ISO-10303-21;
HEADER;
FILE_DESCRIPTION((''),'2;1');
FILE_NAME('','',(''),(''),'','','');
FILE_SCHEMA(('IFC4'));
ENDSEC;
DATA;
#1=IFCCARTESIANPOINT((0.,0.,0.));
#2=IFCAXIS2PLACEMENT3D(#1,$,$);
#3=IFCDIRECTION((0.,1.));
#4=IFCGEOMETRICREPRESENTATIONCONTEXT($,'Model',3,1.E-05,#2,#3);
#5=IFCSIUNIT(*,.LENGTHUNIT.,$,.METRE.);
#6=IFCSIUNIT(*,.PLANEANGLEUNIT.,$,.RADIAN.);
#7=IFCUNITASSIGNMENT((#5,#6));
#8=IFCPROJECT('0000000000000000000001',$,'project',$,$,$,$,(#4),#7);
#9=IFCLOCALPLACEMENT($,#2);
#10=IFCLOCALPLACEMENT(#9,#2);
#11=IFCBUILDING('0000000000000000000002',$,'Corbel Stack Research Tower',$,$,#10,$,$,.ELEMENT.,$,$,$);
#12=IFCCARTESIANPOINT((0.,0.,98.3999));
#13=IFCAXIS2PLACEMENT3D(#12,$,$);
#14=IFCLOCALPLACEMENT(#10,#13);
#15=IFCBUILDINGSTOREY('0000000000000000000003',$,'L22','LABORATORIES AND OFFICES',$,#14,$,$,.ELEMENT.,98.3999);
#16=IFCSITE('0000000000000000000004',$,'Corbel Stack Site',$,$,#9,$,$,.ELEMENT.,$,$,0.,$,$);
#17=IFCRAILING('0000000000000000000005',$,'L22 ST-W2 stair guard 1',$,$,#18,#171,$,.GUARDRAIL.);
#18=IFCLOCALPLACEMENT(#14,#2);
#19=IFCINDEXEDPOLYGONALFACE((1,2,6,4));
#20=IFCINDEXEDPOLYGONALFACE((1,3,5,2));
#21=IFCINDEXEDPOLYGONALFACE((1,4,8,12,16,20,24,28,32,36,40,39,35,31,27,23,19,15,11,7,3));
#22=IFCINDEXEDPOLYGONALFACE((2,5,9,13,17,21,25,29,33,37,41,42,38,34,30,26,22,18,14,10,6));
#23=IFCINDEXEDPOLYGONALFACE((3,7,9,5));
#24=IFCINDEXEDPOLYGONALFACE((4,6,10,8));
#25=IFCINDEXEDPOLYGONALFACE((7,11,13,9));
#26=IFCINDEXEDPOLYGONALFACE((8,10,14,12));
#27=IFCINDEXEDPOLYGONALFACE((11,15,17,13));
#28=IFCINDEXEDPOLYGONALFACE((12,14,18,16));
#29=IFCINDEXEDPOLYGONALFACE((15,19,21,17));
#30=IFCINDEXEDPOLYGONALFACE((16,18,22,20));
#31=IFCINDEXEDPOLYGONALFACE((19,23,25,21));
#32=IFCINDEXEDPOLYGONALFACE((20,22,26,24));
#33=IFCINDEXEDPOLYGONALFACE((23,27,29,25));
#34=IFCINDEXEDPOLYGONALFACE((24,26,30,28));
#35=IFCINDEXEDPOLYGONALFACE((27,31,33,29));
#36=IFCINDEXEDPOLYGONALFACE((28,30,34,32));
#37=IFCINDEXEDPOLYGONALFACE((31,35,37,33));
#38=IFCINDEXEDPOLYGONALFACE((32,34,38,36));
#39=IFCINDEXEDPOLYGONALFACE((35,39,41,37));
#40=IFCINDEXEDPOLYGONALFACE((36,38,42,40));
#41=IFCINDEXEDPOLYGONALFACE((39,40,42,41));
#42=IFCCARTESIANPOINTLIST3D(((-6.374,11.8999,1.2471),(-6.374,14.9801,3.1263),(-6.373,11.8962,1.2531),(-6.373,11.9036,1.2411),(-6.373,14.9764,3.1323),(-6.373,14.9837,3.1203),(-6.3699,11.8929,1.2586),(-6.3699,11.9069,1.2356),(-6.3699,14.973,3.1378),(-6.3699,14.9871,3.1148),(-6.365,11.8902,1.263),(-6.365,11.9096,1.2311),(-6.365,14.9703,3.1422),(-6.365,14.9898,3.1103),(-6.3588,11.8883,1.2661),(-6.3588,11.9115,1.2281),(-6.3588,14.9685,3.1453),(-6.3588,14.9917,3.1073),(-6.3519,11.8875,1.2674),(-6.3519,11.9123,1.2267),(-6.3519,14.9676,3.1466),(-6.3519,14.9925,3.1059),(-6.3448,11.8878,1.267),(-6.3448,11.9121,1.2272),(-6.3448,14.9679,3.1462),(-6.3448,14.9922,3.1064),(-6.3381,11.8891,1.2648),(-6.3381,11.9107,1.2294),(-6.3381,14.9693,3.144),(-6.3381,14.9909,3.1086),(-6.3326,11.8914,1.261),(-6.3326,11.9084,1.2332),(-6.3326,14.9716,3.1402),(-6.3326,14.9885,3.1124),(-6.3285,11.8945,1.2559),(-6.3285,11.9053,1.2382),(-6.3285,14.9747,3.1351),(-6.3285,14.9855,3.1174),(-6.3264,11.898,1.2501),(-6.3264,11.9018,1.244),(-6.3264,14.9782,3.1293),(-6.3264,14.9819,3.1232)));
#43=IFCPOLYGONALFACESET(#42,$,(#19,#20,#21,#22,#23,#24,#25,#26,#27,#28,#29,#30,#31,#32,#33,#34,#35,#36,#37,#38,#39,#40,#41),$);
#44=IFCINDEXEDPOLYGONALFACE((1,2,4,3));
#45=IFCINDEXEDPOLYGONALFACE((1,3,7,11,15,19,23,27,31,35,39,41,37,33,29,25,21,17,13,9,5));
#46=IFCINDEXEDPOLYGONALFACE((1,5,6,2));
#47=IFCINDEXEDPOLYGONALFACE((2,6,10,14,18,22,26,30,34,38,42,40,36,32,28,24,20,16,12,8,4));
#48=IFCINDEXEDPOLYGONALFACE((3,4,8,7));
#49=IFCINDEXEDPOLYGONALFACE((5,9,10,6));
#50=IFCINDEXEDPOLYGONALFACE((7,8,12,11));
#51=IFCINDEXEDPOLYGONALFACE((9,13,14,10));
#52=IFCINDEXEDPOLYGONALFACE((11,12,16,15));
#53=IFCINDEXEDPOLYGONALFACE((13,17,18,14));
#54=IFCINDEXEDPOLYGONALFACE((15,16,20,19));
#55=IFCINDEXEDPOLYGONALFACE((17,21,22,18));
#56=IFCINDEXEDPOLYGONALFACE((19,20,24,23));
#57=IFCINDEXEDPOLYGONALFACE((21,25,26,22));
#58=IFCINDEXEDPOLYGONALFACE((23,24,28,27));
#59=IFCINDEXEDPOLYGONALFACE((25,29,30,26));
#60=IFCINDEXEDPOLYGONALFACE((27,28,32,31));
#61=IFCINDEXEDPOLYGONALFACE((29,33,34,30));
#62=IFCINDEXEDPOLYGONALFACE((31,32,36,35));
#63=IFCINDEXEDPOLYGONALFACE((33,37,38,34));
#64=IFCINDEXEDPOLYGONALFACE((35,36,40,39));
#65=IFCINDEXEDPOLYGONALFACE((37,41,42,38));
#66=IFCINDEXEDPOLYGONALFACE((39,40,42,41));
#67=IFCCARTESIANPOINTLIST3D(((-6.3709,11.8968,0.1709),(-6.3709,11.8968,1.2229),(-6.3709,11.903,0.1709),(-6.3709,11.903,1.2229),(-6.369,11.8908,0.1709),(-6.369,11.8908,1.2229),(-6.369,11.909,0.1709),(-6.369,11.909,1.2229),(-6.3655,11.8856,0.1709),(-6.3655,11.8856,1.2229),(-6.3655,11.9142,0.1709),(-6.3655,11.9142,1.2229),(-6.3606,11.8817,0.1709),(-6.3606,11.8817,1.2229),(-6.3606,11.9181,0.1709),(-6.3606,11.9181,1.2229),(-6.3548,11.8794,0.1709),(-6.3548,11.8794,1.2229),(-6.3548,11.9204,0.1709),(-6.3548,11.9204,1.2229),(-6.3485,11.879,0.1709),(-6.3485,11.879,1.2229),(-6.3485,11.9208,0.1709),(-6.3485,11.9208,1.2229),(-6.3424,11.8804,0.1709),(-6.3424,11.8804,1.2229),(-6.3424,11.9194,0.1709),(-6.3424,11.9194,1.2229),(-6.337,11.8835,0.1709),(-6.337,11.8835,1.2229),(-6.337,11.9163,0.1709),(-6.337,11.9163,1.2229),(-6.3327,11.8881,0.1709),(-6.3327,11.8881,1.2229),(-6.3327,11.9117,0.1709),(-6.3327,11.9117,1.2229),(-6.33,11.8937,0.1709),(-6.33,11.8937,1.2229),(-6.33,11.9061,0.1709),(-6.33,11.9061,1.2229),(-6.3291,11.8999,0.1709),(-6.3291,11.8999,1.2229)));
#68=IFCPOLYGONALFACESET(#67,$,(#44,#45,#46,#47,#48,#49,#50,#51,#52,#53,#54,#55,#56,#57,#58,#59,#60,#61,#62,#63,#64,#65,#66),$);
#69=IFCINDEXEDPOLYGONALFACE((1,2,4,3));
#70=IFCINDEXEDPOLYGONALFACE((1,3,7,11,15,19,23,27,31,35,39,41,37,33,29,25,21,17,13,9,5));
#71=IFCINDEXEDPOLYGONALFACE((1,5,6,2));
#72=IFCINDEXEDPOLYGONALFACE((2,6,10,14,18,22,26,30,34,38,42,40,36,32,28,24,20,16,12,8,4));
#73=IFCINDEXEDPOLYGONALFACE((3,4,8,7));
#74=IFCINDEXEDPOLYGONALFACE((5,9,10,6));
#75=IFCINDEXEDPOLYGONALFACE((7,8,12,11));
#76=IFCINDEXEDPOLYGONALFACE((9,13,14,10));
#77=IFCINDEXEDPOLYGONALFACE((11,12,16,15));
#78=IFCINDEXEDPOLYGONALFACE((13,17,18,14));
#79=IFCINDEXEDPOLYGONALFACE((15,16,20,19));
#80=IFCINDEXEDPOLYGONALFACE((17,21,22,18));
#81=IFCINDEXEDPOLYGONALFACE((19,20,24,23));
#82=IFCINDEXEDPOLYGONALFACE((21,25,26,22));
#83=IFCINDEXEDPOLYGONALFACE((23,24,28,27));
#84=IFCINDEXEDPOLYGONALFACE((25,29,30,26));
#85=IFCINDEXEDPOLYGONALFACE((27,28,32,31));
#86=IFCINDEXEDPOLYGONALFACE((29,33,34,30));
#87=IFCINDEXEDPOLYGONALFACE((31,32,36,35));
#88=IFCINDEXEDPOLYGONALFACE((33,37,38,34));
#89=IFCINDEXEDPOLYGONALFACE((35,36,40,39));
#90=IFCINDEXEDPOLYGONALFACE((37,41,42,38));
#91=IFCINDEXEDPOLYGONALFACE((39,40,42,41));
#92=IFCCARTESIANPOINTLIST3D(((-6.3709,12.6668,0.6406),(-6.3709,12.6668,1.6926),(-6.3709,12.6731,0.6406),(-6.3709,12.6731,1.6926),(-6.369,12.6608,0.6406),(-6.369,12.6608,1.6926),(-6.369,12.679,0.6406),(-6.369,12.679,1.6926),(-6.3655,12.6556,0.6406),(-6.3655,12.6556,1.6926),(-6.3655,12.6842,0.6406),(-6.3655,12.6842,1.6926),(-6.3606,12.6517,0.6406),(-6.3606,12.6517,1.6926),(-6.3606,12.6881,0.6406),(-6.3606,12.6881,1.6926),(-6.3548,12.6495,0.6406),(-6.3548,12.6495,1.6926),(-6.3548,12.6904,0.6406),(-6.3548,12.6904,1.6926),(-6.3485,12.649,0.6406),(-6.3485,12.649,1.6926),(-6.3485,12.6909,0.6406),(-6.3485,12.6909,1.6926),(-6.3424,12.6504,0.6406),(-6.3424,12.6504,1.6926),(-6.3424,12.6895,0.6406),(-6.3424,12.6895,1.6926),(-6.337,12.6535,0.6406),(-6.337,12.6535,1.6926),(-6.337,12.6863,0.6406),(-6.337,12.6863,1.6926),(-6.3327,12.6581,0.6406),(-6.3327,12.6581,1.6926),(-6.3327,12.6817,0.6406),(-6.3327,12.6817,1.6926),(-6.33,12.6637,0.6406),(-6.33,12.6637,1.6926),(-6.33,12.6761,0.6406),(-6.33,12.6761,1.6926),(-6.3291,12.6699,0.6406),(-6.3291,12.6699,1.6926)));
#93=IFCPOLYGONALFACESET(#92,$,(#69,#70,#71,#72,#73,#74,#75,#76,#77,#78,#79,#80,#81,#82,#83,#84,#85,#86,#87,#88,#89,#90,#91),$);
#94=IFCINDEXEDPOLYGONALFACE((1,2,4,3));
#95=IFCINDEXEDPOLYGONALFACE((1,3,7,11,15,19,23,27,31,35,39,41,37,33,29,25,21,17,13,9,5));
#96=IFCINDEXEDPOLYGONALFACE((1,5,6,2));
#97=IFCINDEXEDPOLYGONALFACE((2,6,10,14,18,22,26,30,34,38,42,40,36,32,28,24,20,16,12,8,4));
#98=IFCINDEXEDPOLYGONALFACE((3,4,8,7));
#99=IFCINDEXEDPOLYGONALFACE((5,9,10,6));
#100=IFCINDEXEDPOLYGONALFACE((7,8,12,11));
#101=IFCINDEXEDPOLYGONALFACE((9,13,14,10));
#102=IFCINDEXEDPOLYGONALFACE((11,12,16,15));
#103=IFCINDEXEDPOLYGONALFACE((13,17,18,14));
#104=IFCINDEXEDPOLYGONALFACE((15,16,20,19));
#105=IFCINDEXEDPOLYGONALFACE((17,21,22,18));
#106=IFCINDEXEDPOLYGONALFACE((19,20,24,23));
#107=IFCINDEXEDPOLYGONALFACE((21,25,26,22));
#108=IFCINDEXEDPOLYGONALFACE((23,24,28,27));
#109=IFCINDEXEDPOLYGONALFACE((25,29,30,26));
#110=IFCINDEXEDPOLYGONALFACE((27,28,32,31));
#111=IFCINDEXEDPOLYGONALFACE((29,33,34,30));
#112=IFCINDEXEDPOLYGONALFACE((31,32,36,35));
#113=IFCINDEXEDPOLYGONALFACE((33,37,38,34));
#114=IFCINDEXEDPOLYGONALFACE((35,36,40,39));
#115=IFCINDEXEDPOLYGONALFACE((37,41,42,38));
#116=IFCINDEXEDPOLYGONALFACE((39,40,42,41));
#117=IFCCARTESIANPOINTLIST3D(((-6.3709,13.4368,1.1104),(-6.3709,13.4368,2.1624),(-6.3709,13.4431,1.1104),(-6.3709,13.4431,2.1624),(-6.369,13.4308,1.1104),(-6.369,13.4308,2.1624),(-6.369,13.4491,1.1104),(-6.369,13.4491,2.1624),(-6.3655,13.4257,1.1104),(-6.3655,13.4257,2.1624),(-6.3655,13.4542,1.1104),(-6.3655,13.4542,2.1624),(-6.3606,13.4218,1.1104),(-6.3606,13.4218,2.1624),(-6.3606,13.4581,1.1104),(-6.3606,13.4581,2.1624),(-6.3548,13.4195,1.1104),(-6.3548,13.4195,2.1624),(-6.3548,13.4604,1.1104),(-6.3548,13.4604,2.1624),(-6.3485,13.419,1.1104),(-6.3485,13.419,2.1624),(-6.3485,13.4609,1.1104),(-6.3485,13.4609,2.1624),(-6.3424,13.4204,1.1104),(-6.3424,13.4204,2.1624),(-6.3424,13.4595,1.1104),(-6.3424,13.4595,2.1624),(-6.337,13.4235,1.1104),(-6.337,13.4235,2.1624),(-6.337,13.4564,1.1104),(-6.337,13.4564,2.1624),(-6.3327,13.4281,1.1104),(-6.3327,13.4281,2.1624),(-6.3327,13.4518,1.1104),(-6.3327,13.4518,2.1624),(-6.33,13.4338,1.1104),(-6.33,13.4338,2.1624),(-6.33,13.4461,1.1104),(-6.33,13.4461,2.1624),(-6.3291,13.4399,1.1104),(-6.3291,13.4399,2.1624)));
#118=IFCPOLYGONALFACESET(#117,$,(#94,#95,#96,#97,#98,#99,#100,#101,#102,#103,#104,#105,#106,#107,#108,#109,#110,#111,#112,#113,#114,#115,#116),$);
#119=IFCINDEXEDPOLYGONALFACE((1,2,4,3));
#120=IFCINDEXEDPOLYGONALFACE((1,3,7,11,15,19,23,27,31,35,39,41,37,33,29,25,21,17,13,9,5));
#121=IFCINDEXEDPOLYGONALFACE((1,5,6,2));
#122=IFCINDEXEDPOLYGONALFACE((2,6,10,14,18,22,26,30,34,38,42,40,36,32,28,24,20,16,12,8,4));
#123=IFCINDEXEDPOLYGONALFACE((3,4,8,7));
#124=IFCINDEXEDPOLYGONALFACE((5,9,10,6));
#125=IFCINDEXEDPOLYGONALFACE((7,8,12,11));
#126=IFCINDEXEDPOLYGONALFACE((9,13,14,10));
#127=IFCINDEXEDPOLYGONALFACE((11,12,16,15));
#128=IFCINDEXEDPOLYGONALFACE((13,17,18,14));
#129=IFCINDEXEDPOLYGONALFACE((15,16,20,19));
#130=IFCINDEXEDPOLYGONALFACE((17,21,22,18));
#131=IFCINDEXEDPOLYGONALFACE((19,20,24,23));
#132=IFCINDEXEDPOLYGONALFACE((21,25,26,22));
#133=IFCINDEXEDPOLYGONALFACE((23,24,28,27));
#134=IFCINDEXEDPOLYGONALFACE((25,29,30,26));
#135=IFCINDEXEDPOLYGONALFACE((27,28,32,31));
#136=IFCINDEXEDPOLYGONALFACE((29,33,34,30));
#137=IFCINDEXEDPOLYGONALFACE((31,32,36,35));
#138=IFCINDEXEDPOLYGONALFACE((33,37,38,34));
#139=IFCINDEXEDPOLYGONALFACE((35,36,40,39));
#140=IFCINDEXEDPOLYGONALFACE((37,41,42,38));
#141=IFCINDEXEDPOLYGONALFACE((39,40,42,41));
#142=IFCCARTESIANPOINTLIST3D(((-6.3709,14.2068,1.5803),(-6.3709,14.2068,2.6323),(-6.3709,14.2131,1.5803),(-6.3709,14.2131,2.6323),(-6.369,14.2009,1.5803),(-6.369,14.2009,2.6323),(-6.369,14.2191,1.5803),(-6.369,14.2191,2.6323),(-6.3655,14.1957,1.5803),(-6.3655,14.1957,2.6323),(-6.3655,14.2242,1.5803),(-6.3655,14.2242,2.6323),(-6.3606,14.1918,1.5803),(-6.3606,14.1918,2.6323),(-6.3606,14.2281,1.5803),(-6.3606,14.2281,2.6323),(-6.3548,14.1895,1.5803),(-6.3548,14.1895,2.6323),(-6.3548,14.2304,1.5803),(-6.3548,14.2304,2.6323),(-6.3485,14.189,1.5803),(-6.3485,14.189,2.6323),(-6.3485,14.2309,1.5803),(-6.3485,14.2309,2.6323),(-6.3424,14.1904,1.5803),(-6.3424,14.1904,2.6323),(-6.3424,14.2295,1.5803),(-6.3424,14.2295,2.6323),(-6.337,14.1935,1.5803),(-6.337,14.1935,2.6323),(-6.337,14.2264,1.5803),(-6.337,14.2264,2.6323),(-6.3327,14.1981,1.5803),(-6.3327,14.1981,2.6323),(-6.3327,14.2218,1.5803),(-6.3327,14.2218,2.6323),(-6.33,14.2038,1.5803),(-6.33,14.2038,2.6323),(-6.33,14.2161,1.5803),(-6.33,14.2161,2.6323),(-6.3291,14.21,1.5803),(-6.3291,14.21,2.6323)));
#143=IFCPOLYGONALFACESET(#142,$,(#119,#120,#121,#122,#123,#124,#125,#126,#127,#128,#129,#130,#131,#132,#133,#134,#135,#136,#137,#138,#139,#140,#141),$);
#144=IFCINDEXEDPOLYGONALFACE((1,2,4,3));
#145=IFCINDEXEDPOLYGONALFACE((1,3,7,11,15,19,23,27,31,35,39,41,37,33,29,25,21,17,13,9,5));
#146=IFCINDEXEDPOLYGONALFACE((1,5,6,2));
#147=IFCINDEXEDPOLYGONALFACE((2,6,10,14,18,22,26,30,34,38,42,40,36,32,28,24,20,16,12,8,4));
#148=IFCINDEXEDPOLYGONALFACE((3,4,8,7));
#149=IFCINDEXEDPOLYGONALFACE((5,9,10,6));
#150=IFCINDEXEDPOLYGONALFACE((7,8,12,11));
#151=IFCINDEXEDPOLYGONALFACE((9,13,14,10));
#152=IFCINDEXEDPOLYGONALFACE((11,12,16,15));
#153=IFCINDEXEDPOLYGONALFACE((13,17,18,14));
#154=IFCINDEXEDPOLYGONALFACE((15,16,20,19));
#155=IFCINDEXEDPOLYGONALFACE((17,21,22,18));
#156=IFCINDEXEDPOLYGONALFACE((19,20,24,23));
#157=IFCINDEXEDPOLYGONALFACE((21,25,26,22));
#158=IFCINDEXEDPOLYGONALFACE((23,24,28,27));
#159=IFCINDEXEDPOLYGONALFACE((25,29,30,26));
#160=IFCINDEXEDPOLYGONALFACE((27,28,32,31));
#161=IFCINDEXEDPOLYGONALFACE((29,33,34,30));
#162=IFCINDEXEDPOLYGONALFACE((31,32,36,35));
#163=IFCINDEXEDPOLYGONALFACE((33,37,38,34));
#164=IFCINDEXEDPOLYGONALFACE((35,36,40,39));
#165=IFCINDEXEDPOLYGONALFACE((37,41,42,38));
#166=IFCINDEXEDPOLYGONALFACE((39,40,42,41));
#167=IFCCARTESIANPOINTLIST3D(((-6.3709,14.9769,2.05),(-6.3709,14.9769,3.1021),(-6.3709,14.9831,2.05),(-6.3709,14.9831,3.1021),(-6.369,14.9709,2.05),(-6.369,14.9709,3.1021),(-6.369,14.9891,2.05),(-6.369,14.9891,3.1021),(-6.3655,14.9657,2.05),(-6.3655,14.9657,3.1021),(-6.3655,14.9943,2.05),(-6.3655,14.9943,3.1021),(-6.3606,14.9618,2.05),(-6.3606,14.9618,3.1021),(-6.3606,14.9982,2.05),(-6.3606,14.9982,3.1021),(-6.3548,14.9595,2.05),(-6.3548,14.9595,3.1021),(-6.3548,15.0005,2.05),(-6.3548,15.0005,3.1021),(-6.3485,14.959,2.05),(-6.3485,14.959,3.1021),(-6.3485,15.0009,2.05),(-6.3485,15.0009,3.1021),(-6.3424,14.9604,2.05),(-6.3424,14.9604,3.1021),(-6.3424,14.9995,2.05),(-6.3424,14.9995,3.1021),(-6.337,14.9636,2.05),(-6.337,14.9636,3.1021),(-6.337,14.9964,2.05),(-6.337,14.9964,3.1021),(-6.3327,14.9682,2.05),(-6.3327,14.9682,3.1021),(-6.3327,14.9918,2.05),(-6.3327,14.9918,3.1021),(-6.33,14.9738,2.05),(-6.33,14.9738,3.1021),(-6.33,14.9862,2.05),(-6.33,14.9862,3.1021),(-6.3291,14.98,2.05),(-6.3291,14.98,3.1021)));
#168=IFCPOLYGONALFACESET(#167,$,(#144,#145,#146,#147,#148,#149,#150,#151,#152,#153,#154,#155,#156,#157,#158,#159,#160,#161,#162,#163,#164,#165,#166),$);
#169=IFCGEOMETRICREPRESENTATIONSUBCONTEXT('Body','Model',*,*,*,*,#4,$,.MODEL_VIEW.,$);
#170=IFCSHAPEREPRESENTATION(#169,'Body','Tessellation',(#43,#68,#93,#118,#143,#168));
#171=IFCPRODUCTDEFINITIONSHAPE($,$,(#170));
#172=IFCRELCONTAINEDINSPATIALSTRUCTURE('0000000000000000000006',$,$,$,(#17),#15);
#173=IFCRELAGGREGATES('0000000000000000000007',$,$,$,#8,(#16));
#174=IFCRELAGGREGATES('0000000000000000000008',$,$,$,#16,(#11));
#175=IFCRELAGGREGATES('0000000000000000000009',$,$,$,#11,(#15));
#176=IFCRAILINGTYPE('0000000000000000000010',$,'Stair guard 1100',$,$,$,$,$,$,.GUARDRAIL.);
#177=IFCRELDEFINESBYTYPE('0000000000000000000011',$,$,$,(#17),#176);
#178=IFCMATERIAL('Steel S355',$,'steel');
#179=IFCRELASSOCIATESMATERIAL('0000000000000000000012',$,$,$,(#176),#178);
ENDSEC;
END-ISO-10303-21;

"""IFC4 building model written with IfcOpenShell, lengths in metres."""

from ifc_helpers import new_model, si_unit, direction, frame, origin, origin_2d, place, context, subcontext, project, spatial, circle, extrude, material, type_object, element, save


model = new_model("IFC4")

# Units and contexts
model_context = context("Model", 3, precision=1e-05, world=origin(), true_north=direction((0.0, 1.0)))
body_context = subcontext(model_context, "Body", "Model", "MODEL_VIEW")
ifc_project = project(units=[si_unit("LENGTHUNIT", "METRE"), si_unit("PLANEANGLEUNIT", "RADIAN")], contexts=[model_context])

# Site, building, storey
site_placement = place(None, origin())
site = spatial("IfcSite", under=ifc_project, at=site_placement, Name="Corbel Stack Site", CompositionType="ELEMENT", RefElevation=0.0)
building_placement = place(site_placement, origin())
building = spatial("IfcBuilding", under=site, at=building_placement, Name="Corbel Stack Research Tower", CompositionType="ELEMENT")
storey_placement = place(building_placement, frame((0.0, 0.0, 98.3999)))
storey = spatial("IfcBuildingStorey", under=building, at=storey_placement, Name="L22", Description="LABORATORIES AND OFFICES", CompositionType="ELEMENT", Elevation=98.3999)

# Railing
ifc_material_1 = material(Name="Steel S355", Category="steel")
railing_type_1 = type_object("IfcRailingType", Name="Stair guard 1100", PredefinedType="GUARDRAIL", material=ifc_material_1)
railing_1_placement = place(storey_placement, frame((-6.3501, 11.8999, 0.1709)))
element("IfcRailing", 1, at=railing_1_placement, inside=storey, type_object=railing_type_1, Name="L22 ST-W2 stair guard 1", PredefinedType="GUARDRAIL", context=body_context, shape_type="SweptSolid", body=[
    extrude(circle(Radius=0.0239, at=origin_2d()), frame((0.0, 0.0, 1.0762), z_axis=(0.0, 0.853666, 0.52082), x_axis=(-1.0, 0.0, 0.0)), (0.0, 0.0, 1.0), 3.6082),
    extrude(circle(Radius=0.021, at=origin_2d()), origin(), (0.0, 0.0, 1.0), 1.052),
    extrude(circle(Radius=0.021, at=origin_2d()), frame((0.0, 0.77, 0.4697)), (0.0, 0.0, 1.0), 1.052),
    extrude(circle(Radius=0.021, at=origin_2d()), frame((0.0, 1.54, 0.9395)), (0.0, 0.0, 1.0), 1.052),
    extrude(circle(Radius=0.021, at=origin_2d()), frame((0.0, 2.3101, 1.4094)), (0.0, 0.0, 1.0), 1.052),
    extrude(circle(Radius=0.021, at=origin_2d()), frame((0.0, 3.0801, 1.8792)), (0.0, 0.0, 1.0), 1.052),
])

save(model, "model.ifc")
